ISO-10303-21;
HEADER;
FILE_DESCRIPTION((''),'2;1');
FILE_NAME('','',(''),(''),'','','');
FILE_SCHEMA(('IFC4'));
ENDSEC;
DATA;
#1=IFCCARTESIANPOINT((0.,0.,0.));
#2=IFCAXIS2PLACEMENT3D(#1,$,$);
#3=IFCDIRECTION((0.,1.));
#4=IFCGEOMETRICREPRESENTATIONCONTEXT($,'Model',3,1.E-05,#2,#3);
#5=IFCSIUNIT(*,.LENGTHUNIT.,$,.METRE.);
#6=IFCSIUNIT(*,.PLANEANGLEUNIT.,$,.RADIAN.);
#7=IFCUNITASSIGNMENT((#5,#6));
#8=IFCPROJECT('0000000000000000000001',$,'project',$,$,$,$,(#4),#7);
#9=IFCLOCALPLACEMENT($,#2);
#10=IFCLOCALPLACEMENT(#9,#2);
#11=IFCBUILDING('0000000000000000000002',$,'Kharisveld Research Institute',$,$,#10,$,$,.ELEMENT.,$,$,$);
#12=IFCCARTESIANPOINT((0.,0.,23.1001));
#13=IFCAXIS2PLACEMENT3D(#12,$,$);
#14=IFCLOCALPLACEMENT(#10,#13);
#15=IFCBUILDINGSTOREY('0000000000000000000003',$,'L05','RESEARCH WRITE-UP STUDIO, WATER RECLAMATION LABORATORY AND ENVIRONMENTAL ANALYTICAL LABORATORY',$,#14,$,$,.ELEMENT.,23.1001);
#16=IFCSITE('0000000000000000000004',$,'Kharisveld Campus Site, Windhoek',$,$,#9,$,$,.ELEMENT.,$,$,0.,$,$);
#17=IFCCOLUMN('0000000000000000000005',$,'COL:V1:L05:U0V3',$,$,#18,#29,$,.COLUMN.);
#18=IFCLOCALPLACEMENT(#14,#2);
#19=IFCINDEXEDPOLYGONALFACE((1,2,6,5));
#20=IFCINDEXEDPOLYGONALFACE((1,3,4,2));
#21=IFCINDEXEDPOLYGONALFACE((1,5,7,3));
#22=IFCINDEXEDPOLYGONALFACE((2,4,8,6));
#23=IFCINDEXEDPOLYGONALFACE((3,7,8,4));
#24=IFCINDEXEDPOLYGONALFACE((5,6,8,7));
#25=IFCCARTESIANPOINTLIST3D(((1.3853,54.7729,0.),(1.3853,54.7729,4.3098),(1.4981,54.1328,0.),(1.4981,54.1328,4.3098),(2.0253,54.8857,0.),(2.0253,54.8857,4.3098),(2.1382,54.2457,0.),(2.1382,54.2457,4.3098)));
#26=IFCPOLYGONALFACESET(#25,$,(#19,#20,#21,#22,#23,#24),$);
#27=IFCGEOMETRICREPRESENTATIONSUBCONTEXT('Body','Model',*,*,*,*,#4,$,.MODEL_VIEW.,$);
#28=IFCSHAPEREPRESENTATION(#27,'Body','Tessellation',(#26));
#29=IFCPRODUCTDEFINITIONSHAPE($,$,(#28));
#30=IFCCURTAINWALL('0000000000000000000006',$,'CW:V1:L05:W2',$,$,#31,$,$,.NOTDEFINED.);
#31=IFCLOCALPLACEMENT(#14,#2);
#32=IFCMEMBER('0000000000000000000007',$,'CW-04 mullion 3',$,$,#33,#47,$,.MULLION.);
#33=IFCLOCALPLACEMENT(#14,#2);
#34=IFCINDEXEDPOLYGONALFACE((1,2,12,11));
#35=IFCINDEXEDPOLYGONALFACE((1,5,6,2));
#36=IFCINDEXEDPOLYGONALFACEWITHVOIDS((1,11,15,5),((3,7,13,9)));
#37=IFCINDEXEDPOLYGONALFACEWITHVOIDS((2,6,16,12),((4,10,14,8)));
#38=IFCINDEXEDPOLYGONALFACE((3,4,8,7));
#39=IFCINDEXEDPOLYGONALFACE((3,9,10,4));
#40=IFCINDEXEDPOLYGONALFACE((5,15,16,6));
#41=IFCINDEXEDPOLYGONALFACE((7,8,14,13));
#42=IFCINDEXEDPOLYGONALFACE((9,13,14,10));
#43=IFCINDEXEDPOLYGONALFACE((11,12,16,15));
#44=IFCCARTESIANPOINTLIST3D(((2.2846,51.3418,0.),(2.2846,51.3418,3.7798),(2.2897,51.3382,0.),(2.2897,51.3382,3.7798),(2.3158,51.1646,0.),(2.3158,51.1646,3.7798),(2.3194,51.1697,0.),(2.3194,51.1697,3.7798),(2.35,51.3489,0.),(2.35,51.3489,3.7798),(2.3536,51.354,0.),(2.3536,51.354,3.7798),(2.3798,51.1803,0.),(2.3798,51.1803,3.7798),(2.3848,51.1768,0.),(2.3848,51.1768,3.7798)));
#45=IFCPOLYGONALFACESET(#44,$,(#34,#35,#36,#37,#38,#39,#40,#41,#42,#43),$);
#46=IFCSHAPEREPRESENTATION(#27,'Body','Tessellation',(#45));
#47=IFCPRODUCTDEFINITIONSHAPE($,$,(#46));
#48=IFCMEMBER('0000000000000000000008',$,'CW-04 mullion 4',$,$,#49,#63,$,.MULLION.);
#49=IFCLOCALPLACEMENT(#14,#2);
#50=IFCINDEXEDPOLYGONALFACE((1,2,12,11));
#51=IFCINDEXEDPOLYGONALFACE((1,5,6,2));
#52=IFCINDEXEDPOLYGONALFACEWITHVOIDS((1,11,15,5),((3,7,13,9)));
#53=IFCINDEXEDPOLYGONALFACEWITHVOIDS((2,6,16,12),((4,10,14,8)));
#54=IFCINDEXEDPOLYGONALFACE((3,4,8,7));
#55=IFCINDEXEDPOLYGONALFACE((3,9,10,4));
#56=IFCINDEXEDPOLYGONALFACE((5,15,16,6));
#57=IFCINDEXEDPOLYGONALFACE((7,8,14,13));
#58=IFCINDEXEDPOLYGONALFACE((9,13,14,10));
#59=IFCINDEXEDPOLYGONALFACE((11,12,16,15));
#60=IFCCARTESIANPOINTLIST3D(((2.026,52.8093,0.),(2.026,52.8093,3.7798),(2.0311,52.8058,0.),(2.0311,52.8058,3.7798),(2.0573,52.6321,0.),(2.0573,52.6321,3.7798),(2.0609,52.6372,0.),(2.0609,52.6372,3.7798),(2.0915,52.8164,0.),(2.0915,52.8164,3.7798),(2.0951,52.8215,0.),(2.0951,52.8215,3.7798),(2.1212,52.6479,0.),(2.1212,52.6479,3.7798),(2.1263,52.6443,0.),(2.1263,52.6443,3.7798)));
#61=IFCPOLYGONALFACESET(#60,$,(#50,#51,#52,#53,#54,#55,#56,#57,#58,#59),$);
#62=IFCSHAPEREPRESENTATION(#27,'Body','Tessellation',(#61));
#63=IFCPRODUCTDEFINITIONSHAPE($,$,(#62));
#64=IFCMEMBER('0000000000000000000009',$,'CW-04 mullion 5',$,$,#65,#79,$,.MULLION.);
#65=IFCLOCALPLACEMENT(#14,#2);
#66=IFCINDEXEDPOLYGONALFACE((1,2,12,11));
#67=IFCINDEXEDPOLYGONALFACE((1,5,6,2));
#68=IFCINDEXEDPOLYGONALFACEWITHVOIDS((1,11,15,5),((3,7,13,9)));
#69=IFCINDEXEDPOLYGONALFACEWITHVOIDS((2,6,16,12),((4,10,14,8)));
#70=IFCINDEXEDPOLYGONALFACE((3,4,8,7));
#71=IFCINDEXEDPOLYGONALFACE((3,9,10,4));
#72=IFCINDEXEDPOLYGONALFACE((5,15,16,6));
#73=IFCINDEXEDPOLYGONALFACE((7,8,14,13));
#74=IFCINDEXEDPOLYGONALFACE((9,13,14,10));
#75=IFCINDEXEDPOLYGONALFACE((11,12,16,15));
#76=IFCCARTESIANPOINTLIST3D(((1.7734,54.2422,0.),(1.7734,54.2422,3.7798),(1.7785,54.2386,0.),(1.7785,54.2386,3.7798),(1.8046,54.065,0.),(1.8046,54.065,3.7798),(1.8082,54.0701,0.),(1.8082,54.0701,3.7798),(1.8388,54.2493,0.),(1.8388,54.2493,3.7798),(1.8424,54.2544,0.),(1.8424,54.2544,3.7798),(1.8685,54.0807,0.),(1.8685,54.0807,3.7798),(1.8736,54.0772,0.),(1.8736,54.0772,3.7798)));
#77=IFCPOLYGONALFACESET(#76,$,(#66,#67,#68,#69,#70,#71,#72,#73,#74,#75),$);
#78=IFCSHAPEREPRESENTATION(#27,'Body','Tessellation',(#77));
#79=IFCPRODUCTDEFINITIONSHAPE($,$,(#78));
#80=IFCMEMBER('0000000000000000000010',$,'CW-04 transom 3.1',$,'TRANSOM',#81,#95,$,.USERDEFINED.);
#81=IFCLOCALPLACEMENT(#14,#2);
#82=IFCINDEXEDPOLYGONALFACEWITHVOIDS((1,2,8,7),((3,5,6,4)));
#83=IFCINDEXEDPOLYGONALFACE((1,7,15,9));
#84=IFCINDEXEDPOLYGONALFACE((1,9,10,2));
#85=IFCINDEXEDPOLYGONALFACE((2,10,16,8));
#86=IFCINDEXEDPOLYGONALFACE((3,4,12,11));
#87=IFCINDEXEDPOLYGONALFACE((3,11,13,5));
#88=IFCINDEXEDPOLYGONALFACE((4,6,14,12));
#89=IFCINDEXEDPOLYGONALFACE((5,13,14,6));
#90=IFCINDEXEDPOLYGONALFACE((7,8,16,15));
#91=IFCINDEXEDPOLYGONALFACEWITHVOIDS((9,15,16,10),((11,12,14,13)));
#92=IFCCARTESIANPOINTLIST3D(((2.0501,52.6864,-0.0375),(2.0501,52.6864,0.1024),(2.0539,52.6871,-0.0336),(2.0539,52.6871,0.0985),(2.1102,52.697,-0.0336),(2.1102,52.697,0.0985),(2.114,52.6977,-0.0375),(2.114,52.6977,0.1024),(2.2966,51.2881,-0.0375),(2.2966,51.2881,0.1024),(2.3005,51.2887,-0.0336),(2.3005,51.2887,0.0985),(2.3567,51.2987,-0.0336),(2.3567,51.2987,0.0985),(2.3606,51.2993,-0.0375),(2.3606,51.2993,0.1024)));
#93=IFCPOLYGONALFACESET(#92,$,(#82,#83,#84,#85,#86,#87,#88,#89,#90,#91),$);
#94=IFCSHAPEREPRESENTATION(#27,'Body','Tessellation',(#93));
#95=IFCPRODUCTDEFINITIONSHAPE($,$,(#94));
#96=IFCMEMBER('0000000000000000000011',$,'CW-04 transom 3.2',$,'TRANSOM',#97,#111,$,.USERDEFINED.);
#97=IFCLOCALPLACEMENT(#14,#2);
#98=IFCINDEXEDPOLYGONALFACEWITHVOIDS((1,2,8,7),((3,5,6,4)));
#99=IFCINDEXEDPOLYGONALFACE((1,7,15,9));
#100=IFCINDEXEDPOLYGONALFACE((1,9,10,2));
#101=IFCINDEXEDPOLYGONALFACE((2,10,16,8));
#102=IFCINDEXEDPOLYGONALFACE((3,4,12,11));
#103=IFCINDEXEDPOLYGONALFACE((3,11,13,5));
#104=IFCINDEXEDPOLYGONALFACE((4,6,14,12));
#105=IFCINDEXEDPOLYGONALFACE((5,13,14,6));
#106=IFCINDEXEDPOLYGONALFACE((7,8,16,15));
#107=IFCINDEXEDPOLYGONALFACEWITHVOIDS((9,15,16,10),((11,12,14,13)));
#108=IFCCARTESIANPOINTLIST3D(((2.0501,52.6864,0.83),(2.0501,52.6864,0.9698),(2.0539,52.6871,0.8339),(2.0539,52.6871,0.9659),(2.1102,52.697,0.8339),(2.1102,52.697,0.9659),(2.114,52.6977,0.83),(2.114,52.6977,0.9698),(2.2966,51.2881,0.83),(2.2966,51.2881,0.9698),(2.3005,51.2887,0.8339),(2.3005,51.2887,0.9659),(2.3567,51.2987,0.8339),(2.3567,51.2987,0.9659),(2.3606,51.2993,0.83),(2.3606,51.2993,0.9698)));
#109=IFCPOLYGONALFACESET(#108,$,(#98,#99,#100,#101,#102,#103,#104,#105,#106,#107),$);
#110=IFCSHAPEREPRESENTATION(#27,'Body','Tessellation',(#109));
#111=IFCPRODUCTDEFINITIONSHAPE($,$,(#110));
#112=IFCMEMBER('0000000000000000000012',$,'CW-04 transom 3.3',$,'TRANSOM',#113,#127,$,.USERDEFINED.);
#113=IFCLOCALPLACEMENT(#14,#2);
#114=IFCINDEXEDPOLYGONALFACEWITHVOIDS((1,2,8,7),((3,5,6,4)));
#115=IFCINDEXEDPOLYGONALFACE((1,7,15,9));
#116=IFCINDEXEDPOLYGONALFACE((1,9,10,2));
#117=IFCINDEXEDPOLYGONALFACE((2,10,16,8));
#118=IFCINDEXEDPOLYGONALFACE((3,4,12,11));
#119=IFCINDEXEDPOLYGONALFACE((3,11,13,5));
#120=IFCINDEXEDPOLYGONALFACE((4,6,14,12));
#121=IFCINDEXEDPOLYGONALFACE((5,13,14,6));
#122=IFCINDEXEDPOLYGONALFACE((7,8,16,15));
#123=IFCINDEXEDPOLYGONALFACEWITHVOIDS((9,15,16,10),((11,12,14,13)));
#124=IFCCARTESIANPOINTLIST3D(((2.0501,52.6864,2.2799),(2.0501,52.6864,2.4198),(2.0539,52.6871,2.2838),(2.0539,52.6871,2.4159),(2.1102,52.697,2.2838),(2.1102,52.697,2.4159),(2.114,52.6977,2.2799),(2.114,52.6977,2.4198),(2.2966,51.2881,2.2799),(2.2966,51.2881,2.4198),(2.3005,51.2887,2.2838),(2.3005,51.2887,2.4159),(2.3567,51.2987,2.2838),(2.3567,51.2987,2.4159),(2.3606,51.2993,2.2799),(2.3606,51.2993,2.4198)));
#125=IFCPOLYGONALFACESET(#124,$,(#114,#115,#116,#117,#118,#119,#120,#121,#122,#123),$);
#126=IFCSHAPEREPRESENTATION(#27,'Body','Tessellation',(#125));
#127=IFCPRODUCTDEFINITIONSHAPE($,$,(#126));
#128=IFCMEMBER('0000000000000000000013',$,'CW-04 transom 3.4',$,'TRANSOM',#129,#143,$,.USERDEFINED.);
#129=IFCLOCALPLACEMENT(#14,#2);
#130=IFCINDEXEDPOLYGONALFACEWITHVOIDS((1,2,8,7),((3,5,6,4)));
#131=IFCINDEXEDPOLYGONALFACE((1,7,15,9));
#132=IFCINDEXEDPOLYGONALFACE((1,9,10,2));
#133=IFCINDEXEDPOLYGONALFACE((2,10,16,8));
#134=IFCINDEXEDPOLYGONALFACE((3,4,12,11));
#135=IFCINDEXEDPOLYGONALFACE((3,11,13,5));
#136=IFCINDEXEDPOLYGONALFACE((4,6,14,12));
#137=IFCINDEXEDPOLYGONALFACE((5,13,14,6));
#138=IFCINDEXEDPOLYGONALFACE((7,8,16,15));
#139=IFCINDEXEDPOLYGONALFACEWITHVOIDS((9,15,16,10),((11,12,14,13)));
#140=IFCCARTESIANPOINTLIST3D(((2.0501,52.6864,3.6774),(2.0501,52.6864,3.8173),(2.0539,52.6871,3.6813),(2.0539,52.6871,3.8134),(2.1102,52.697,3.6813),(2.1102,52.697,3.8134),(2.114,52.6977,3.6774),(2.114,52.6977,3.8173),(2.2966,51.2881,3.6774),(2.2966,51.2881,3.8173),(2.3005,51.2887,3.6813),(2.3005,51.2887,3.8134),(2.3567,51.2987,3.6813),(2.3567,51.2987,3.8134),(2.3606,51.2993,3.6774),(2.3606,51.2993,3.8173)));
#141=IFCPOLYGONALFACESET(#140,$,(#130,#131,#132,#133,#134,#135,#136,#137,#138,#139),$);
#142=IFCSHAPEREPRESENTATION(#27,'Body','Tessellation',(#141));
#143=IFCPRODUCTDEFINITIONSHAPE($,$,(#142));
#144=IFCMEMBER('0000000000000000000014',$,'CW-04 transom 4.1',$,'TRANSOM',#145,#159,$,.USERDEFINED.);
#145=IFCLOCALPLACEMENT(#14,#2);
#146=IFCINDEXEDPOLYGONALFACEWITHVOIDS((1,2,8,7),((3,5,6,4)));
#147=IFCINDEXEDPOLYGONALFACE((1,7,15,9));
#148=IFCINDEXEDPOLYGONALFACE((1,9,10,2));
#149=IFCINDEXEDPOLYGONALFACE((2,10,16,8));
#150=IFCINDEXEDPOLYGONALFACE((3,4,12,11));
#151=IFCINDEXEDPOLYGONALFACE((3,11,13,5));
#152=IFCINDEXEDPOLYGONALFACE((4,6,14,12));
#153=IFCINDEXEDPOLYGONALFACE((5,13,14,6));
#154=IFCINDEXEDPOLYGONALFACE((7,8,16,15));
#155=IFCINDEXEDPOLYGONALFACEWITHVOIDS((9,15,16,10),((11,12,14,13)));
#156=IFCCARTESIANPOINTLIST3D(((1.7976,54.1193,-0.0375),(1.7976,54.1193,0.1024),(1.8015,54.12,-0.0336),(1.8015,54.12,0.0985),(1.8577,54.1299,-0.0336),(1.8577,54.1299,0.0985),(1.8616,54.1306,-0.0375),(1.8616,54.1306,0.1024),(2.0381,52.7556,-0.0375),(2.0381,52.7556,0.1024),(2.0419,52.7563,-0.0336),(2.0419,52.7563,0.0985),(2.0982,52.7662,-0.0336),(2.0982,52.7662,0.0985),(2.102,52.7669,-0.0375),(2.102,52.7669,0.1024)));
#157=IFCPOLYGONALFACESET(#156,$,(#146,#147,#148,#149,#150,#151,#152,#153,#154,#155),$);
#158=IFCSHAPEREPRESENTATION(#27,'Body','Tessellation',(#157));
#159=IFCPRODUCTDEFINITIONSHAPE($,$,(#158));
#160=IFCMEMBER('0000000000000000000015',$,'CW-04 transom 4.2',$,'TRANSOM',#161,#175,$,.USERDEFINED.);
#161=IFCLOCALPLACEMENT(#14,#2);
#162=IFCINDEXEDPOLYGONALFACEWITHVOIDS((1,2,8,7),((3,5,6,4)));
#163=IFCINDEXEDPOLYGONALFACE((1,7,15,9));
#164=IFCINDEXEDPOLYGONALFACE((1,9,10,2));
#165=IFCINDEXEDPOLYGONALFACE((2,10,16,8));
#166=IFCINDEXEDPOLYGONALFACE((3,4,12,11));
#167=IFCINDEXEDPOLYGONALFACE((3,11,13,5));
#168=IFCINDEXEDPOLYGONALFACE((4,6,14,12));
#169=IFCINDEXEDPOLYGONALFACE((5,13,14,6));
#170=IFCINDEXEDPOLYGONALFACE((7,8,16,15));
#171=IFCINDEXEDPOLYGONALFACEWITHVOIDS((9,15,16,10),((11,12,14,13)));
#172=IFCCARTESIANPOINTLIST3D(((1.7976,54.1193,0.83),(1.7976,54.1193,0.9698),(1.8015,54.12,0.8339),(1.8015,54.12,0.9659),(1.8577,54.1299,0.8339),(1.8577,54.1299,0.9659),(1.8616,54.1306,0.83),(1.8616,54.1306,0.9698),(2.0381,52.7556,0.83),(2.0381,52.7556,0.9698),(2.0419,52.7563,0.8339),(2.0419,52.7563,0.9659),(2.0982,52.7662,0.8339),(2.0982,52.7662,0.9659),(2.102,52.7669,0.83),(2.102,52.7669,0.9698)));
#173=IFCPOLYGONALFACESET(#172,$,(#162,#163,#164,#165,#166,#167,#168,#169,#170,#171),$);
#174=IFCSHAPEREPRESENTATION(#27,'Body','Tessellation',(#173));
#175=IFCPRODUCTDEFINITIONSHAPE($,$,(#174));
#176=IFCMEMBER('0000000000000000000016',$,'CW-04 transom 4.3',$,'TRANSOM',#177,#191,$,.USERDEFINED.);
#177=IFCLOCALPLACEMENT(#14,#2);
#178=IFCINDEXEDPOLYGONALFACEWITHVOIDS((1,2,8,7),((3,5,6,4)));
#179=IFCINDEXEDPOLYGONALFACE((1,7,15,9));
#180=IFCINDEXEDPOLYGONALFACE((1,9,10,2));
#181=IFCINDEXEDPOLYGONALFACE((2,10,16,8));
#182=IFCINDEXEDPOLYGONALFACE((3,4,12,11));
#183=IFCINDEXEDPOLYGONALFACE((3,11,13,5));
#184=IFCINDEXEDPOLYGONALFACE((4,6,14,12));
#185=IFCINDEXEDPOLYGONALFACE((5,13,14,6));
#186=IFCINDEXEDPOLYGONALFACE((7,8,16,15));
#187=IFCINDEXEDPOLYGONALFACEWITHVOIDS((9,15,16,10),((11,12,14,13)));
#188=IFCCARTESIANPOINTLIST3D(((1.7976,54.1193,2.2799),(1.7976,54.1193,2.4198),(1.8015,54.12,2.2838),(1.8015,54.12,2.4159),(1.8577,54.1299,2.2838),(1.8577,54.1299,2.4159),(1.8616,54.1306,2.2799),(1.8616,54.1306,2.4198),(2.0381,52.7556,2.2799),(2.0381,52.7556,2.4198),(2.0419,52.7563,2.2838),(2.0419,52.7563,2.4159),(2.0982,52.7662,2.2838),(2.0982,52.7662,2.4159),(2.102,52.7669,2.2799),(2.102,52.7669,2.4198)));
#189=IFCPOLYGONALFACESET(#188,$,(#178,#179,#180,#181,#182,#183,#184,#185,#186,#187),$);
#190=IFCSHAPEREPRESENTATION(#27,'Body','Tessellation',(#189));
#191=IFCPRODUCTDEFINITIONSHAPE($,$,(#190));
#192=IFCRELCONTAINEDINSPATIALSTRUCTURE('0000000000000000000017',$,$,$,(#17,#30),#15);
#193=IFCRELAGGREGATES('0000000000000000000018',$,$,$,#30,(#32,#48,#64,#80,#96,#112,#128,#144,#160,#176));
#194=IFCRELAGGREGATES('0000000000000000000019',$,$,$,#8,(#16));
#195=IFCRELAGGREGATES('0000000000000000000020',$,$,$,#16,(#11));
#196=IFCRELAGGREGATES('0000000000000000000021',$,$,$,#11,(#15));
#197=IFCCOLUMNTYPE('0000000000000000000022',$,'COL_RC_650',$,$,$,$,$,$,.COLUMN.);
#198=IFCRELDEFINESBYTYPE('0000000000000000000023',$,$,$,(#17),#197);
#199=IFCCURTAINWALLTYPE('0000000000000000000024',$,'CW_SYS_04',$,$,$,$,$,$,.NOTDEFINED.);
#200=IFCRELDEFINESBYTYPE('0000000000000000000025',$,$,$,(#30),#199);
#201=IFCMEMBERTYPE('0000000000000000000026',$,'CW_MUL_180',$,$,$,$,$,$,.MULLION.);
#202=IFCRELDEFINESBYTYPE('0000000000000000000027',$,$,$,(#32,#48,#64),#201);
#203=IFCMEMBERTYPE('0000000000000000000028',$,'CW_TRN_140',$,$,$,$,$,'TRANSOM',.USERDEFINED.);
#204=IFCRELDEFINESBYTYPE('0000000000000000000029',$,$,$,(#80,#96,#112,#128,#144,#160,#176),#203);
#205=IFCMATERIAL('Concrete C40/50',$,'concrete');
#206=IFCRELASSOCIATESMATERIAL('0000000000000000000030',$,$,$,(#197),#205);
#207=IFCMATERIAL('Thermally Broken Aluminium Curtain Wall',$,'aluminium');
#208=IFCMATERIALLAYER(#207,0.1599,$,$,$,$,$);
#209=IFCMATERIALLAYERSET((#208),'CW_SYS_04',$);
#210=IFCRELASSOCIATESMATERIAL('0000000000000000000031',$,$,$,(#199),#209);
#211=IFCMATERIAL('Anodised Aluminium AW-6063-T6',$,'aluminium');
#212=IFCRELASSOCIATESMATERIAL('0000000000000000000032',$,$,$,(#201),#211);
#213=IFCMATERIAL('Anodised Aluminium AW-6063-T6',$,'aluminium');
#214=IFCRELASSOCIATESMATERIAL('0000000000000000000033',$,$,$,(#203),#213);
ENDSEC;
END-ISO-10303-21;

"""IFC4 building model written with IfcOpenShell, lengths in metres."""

from ifc_helpers import new_model, si_unit, direction, frame, origin, origin_2d, place, context, subcontext, project, spatial, rectangle, hollow_rectangle, extrude, material, layer, layer_set, material_profile, profile_set, type_object, element, aggregate, save


model = new_model("IFC4")

# Units and contexts
model_context = context("Model", 3, precision=1e-05, world=origin(), true_north=direction((0.0, 1.0)))
body_context = subcontext(model_context, "Body", "Model", "MODEL_VIEW")
ifc_project = project(units=[si_unit("LENGTHUNIT", "METRE"), si_unit("PLANEANGLEUNIT", "RADIAN")], contexts=[model_context])

# Site, building, storey
site_placement = place(None, origin())
site = spatial("IfcSite", under=ifc_project, at=site_placement, Name="Kharisveld Campus Site, Windhoek", CompositionType="ELEMENT", RefElevation=0.0)
building_placement = place(site_placement, origin())
building = spatial("IfcBuilding", under=site, at=building_placement, Name="Kharisveld Research Institute", CompositionType="ELEMENT")
storey_placement = place(building_placement, frame((0.0, 0.0, 23.1001)))
storey = spatial("IfcBuildingStorey", under=building, at=storey_placement, Name="L05", Description="RESEARCH WRITE-UP STUDIO, WATER RECLAMATION LABORATORY AND ENVIRONMENTAL ANALYTICAL LABORATORY", CompositionType="ELEMENT", Elevation=23.1001)

# Column
ifc_material_1 = material(Name="Concrete C40/50", Category="concrete")
ifc_material_profile_1 = material_profile(ifc_material_1, rectangle(XDim=0.6499, YDim=0.6499, at=origin_2d()))
ifc_profile_set_1 = profile_set([ifc_material_profile_1], Name="Concrete C40/50")
column_type = type_object("IfcColumnType", Name="COL_RC_650", PredefinedType="COLUMN", material=ifc_profile_set_1)
column_placement = place(storey_placement, frame((1.7617, 54.5093, 0.0), z_axis=(0.0, 0.0, 1.0), x_axis=(0.984808, 0.173648, 0.0)))
element("IfcColumn", 1, at=column_placement, inside=storey, type_object=column_type, Name="COL:V1:L05:U0V3", PredefinedType="COLUMN", context=body_context, shape_type="SweptSolid", body=[
    extrude(rectangle(XDim=0.6499, YDim=0.6499, at=origin_2d()), origin(), (0.0, 0.0, 1.0), 4.3098),
])

# Curtain wall, members
ifc_material_2 = material(Name="Thermally Broken Aluminium Curtain Wall", Category="aluminium")
ifc_layer_1 = layer(ifc_material_2, 0.1599)
ifc_layer_set_1 = layer_set([ifc_layer_1], Name="CW_SYS_04")
curtain_wall_type = type_object("IfcCurtainWallType", Name="CW_SYS_04", PredefinedType="NOTDEFINED", material=ifc_layer_set_1)
curtain_wall_placement = place(storey_placement, origin())
curtain_wall = element("IfcCurtainWall", 2, at=curtain_wall_placement, inside=storey, type_object=curtain_wall_type, Name="CW:V1:L05:W2", PredefinedType="NOTDEFINED")
ifc_material_3 = material(Name="Anodised Aluminium AW-6063-T6", Category="aluminium")
ifc_material_profile_2 = material_profile(ifc_material_3, hollow_rectangle(XDim=0.0701, YDim=0.1799, WallThickness=0.0044, at=origin_2d()))
ifc_profile_set_2 = profile_set([ifc_material_profile_2], Name="Anodised Aluminium AW-6063-T6")
member_type_1 = type_object("IfcMemberType", Name="CW_MUL_180", PredefinedType="MULLION", material=ifc_profile_set_2)
member_1_placement = place(storey_placement, frame((2.3347, 51.2593, 0.0), z_axis=(0.0, 0.0, 1.0), x_axis=(-0.984808, -0.173648, 0.0)))
member_1 = element("IfcMember", 3, at=member_1_placement, type_object=member_type_1, Name="CW-04 mullion 3", PredefinedType="MULLION", context=body_context, shape_type="SweptSolid", body=[
    extrude(hollow_rectangle(XDim=0.0701, YDim=0.1799, WallThickness=0.0044, at=origin_2d()), origin(), (0.0, 0.0, 1.0), 3.7798),
])
member_2_placement = place(storey_placement, frame((2.0762, 52.7268, 0.0), z_axis=(0.0, 0.0, 1.0), x_axis=(-0.984808, -0.173648, 0.0)))
member_2 = element("IfcMember", 4, at=member_2_placement, type_object=member_type_1, Name="CW-04 mullion 4", PredefinedType="MULLION", context=body_context, shape_type="SweptSolid", body=[
    extrude(hollow_rectangle(XDim=0.0701, YDim=0.1799, WallThickness=0.0044, at=origin_2d()), origin(), (0.0, 0.0, 1.0), 3.7798),
])
member_3_placement = place(storey_placement, frame((1.8235, 54.1597, 0.0), z_axis=(0.0, 0.0, 1.0), x_axis=(-0.984808, -0.173648, 0.0)))
member_3 = element("IfcMember", 5, at=member_3_placement, type_object=member_type_1, Name="CW-04 mullion 5", PredefinedType="MULLION", context=body_context, shape_type="SweptSolid", body=[
    extrude(hollow_rectangle(XDim=0.0701, YDim=0.1799, WallThickness=0.0044, at=origin_2d()), origin(), (0.0, 0.0, 1.0), 3.7798),
])
ifc_material_4 = material(Name="Anodised Aluminium AW-6063-T6", Category="aluminium")
ifc_material_profile_3 = material_profile(ifc_material_4, hollow_rectangle(XDim=0.0649, YDim=0.1399, WallThickness=0.0039, at=origin_2d()))
ifc_profile_set_3 = profile_set([ifc_material_profile_3], Name="Anodised Aluminium AW-6063-T6")
member_type_2 = type_object("IfcMemberType", Name="CW_TRN_140", ElementType="TRANSOM", PredefinedType="USERDEFINED", material=ifc_profile_set_3)
member_4_placement = place(storey_placement, frame((2.3286, 51.2937, 0.0325), z_axis=(-0.173648, 0.984808, 0.0), x_axis=(-0.984808, -0.173648, 0.0)))
member_4 = element("IfcMember", 6, at=member_4_placement, type_object=member_type_2, Name="CW-04 transom 3.1", ObjectType="TRANSOM", PredefinedType="USERDEFINED", context=body_context, shape_type="SweptSolid", body=[
    extrude(hollow_rectangle(XDim=0.0649, YDim=0.1399, WallThickness=0.0039, at=origin_2d()), origin(), (0.0, 0.0, 1.0), 1.4199),
])
member_5_placement = place(storey_placement, frame((2.3286, 51.2937, 0.8999), z_axis=(-0.173648, 0.984808, 0.0), x_axis=(-0.984808, -0.173648, 0.0)))
member_5 = element("IfcMember", 7, at=member_5_placement, type_object=member_type_2, Name="CW-04 transom 3.2", ObjectType="TRANSOM", PredefinedType="USERDEFINED", context=body_context, shape_type="SweptSolid", body=[
    extrude(hollow_rectangle(XDim=0.0649, YDim=0.1399, WallThickness=0.0039, at=origin_2d()), origin(), (0.0, 0.0, 1.0), 1.4199),
])
member_6_placement = place(storey_placement, frame((2.3286, 51.2937, 2.3499), z_axis=(-0.173648, 0.984808, 0.0), x_axis=(-0.984808, -0.173648, 0.0)))
member_6 = element("IfcMember", 8, at=member_6_placement, type_object=member_type_2, Name="CW-04 transom 3.3", ObjectType="TRANSOM", PredefinedType="USERDEFINED", context=body_context, shape_type="SweptSolid", body=[
    extrude(hollow_rectangle(XDim=0.0649, YDim=0.1399, WallThickness=0.0039, at=origin_2d()), origin(), (0.0, 0.0, 1.0), 1.4199),
])
member_7_placement = place(storey_placement, frame((2.3286, 51.2937, 3.7473), z_axis=(-0.173648, 0.984808, 0.0), x_axis=(-0.984808, -0.173648, 0.0)))
member_7 = element("IfcMember", 9, at=member_7_placement, type_object=member_type_2, Name="CW-04 transom 3.4", ObjectType="TRANSOM", PredefinedType="USERDEFINED", context=body_context, shape_type="SweptSolid", body=[
    extrude(hollow_rectangle(XDim=0.0649, YDim=0.1399, WallThickness=0.0039, at=origin_2d()), origin(), (0.0, 0.0, 1.0), 1.4199),
])
member_8_placement = place(storey_placement, frame((2.0701, 52.7612, 0.0325), z_axis=(-0.173655, 0.984807, 0.0), x_axis=(-0.984807, -0.173655, 0.0)))
member_8 = element("IfcMember", 10, at=member_8_placement, type_object=member_type_2, Name="CW-04 transom 4.1", ObjectType="TRANSOM", PredefinedType="USERDEFINED", context=body_context, shape_type="SweptSolid", body=[
    extrude(hollow_rectangle(XDim=0.0649, YDim=0.1399, WallThickness=0.0039, at=origin_2d()), origin(), (0.0, 0.0, 1.0), 1.3848),
])
member_9_placement = place(storey_placement, frame((2.0701, 52.7612, 0.8999), z_axis=(-0.173655, 0.984807, 0.0), x_axis=(-0.984807, -0.173655, 0.0)))
member_9 = element("IfcMember", 11, at=member_9_placement, type_object=member_type_2, Name="CW-04 transom 4.2", ObjectType="TRANSOM", PredefinedType="USERDEFINED", context=body_context, shape_type="SweptSolid", body=[
    extrude(hollow_rectangle(XDim=0.0649, YDim=0.1399, WallThickness=0.0039, at=origin_2d()), origin(), (0.0, 0.0, 1.0), 1.3848),
])
member_10_placement = place(storey_placement, frame((2.0701, 52.7612, 2.3499), z_axis=(-0.173655, 0.984807, 0.0), x_axis=(-0.984807, -0.173655, 0.0)))
member_10 = element("IfcMember", 12, at=member_10_placement, type_object=member_type_2, Name="CW-04 transom 4.3", ObjectType="TRANSOM", PredefinedType="USERDEFINED", context=body_context, shape_type="SweptSolid", body=[
    extrude(hollow_rectangle(XDim=0.0649, YDim=0.1399, WallThickness=0.0039, at=origin_2d()), origin(), (0.0, 0.0, 1.0), 1.3848),
])

aggregate(curtain_wall, [member_1, member_2, member_3, member_4, member_5, member_6, member_7, member_8, member_9, member_10])

save(model, "model.ifc")
